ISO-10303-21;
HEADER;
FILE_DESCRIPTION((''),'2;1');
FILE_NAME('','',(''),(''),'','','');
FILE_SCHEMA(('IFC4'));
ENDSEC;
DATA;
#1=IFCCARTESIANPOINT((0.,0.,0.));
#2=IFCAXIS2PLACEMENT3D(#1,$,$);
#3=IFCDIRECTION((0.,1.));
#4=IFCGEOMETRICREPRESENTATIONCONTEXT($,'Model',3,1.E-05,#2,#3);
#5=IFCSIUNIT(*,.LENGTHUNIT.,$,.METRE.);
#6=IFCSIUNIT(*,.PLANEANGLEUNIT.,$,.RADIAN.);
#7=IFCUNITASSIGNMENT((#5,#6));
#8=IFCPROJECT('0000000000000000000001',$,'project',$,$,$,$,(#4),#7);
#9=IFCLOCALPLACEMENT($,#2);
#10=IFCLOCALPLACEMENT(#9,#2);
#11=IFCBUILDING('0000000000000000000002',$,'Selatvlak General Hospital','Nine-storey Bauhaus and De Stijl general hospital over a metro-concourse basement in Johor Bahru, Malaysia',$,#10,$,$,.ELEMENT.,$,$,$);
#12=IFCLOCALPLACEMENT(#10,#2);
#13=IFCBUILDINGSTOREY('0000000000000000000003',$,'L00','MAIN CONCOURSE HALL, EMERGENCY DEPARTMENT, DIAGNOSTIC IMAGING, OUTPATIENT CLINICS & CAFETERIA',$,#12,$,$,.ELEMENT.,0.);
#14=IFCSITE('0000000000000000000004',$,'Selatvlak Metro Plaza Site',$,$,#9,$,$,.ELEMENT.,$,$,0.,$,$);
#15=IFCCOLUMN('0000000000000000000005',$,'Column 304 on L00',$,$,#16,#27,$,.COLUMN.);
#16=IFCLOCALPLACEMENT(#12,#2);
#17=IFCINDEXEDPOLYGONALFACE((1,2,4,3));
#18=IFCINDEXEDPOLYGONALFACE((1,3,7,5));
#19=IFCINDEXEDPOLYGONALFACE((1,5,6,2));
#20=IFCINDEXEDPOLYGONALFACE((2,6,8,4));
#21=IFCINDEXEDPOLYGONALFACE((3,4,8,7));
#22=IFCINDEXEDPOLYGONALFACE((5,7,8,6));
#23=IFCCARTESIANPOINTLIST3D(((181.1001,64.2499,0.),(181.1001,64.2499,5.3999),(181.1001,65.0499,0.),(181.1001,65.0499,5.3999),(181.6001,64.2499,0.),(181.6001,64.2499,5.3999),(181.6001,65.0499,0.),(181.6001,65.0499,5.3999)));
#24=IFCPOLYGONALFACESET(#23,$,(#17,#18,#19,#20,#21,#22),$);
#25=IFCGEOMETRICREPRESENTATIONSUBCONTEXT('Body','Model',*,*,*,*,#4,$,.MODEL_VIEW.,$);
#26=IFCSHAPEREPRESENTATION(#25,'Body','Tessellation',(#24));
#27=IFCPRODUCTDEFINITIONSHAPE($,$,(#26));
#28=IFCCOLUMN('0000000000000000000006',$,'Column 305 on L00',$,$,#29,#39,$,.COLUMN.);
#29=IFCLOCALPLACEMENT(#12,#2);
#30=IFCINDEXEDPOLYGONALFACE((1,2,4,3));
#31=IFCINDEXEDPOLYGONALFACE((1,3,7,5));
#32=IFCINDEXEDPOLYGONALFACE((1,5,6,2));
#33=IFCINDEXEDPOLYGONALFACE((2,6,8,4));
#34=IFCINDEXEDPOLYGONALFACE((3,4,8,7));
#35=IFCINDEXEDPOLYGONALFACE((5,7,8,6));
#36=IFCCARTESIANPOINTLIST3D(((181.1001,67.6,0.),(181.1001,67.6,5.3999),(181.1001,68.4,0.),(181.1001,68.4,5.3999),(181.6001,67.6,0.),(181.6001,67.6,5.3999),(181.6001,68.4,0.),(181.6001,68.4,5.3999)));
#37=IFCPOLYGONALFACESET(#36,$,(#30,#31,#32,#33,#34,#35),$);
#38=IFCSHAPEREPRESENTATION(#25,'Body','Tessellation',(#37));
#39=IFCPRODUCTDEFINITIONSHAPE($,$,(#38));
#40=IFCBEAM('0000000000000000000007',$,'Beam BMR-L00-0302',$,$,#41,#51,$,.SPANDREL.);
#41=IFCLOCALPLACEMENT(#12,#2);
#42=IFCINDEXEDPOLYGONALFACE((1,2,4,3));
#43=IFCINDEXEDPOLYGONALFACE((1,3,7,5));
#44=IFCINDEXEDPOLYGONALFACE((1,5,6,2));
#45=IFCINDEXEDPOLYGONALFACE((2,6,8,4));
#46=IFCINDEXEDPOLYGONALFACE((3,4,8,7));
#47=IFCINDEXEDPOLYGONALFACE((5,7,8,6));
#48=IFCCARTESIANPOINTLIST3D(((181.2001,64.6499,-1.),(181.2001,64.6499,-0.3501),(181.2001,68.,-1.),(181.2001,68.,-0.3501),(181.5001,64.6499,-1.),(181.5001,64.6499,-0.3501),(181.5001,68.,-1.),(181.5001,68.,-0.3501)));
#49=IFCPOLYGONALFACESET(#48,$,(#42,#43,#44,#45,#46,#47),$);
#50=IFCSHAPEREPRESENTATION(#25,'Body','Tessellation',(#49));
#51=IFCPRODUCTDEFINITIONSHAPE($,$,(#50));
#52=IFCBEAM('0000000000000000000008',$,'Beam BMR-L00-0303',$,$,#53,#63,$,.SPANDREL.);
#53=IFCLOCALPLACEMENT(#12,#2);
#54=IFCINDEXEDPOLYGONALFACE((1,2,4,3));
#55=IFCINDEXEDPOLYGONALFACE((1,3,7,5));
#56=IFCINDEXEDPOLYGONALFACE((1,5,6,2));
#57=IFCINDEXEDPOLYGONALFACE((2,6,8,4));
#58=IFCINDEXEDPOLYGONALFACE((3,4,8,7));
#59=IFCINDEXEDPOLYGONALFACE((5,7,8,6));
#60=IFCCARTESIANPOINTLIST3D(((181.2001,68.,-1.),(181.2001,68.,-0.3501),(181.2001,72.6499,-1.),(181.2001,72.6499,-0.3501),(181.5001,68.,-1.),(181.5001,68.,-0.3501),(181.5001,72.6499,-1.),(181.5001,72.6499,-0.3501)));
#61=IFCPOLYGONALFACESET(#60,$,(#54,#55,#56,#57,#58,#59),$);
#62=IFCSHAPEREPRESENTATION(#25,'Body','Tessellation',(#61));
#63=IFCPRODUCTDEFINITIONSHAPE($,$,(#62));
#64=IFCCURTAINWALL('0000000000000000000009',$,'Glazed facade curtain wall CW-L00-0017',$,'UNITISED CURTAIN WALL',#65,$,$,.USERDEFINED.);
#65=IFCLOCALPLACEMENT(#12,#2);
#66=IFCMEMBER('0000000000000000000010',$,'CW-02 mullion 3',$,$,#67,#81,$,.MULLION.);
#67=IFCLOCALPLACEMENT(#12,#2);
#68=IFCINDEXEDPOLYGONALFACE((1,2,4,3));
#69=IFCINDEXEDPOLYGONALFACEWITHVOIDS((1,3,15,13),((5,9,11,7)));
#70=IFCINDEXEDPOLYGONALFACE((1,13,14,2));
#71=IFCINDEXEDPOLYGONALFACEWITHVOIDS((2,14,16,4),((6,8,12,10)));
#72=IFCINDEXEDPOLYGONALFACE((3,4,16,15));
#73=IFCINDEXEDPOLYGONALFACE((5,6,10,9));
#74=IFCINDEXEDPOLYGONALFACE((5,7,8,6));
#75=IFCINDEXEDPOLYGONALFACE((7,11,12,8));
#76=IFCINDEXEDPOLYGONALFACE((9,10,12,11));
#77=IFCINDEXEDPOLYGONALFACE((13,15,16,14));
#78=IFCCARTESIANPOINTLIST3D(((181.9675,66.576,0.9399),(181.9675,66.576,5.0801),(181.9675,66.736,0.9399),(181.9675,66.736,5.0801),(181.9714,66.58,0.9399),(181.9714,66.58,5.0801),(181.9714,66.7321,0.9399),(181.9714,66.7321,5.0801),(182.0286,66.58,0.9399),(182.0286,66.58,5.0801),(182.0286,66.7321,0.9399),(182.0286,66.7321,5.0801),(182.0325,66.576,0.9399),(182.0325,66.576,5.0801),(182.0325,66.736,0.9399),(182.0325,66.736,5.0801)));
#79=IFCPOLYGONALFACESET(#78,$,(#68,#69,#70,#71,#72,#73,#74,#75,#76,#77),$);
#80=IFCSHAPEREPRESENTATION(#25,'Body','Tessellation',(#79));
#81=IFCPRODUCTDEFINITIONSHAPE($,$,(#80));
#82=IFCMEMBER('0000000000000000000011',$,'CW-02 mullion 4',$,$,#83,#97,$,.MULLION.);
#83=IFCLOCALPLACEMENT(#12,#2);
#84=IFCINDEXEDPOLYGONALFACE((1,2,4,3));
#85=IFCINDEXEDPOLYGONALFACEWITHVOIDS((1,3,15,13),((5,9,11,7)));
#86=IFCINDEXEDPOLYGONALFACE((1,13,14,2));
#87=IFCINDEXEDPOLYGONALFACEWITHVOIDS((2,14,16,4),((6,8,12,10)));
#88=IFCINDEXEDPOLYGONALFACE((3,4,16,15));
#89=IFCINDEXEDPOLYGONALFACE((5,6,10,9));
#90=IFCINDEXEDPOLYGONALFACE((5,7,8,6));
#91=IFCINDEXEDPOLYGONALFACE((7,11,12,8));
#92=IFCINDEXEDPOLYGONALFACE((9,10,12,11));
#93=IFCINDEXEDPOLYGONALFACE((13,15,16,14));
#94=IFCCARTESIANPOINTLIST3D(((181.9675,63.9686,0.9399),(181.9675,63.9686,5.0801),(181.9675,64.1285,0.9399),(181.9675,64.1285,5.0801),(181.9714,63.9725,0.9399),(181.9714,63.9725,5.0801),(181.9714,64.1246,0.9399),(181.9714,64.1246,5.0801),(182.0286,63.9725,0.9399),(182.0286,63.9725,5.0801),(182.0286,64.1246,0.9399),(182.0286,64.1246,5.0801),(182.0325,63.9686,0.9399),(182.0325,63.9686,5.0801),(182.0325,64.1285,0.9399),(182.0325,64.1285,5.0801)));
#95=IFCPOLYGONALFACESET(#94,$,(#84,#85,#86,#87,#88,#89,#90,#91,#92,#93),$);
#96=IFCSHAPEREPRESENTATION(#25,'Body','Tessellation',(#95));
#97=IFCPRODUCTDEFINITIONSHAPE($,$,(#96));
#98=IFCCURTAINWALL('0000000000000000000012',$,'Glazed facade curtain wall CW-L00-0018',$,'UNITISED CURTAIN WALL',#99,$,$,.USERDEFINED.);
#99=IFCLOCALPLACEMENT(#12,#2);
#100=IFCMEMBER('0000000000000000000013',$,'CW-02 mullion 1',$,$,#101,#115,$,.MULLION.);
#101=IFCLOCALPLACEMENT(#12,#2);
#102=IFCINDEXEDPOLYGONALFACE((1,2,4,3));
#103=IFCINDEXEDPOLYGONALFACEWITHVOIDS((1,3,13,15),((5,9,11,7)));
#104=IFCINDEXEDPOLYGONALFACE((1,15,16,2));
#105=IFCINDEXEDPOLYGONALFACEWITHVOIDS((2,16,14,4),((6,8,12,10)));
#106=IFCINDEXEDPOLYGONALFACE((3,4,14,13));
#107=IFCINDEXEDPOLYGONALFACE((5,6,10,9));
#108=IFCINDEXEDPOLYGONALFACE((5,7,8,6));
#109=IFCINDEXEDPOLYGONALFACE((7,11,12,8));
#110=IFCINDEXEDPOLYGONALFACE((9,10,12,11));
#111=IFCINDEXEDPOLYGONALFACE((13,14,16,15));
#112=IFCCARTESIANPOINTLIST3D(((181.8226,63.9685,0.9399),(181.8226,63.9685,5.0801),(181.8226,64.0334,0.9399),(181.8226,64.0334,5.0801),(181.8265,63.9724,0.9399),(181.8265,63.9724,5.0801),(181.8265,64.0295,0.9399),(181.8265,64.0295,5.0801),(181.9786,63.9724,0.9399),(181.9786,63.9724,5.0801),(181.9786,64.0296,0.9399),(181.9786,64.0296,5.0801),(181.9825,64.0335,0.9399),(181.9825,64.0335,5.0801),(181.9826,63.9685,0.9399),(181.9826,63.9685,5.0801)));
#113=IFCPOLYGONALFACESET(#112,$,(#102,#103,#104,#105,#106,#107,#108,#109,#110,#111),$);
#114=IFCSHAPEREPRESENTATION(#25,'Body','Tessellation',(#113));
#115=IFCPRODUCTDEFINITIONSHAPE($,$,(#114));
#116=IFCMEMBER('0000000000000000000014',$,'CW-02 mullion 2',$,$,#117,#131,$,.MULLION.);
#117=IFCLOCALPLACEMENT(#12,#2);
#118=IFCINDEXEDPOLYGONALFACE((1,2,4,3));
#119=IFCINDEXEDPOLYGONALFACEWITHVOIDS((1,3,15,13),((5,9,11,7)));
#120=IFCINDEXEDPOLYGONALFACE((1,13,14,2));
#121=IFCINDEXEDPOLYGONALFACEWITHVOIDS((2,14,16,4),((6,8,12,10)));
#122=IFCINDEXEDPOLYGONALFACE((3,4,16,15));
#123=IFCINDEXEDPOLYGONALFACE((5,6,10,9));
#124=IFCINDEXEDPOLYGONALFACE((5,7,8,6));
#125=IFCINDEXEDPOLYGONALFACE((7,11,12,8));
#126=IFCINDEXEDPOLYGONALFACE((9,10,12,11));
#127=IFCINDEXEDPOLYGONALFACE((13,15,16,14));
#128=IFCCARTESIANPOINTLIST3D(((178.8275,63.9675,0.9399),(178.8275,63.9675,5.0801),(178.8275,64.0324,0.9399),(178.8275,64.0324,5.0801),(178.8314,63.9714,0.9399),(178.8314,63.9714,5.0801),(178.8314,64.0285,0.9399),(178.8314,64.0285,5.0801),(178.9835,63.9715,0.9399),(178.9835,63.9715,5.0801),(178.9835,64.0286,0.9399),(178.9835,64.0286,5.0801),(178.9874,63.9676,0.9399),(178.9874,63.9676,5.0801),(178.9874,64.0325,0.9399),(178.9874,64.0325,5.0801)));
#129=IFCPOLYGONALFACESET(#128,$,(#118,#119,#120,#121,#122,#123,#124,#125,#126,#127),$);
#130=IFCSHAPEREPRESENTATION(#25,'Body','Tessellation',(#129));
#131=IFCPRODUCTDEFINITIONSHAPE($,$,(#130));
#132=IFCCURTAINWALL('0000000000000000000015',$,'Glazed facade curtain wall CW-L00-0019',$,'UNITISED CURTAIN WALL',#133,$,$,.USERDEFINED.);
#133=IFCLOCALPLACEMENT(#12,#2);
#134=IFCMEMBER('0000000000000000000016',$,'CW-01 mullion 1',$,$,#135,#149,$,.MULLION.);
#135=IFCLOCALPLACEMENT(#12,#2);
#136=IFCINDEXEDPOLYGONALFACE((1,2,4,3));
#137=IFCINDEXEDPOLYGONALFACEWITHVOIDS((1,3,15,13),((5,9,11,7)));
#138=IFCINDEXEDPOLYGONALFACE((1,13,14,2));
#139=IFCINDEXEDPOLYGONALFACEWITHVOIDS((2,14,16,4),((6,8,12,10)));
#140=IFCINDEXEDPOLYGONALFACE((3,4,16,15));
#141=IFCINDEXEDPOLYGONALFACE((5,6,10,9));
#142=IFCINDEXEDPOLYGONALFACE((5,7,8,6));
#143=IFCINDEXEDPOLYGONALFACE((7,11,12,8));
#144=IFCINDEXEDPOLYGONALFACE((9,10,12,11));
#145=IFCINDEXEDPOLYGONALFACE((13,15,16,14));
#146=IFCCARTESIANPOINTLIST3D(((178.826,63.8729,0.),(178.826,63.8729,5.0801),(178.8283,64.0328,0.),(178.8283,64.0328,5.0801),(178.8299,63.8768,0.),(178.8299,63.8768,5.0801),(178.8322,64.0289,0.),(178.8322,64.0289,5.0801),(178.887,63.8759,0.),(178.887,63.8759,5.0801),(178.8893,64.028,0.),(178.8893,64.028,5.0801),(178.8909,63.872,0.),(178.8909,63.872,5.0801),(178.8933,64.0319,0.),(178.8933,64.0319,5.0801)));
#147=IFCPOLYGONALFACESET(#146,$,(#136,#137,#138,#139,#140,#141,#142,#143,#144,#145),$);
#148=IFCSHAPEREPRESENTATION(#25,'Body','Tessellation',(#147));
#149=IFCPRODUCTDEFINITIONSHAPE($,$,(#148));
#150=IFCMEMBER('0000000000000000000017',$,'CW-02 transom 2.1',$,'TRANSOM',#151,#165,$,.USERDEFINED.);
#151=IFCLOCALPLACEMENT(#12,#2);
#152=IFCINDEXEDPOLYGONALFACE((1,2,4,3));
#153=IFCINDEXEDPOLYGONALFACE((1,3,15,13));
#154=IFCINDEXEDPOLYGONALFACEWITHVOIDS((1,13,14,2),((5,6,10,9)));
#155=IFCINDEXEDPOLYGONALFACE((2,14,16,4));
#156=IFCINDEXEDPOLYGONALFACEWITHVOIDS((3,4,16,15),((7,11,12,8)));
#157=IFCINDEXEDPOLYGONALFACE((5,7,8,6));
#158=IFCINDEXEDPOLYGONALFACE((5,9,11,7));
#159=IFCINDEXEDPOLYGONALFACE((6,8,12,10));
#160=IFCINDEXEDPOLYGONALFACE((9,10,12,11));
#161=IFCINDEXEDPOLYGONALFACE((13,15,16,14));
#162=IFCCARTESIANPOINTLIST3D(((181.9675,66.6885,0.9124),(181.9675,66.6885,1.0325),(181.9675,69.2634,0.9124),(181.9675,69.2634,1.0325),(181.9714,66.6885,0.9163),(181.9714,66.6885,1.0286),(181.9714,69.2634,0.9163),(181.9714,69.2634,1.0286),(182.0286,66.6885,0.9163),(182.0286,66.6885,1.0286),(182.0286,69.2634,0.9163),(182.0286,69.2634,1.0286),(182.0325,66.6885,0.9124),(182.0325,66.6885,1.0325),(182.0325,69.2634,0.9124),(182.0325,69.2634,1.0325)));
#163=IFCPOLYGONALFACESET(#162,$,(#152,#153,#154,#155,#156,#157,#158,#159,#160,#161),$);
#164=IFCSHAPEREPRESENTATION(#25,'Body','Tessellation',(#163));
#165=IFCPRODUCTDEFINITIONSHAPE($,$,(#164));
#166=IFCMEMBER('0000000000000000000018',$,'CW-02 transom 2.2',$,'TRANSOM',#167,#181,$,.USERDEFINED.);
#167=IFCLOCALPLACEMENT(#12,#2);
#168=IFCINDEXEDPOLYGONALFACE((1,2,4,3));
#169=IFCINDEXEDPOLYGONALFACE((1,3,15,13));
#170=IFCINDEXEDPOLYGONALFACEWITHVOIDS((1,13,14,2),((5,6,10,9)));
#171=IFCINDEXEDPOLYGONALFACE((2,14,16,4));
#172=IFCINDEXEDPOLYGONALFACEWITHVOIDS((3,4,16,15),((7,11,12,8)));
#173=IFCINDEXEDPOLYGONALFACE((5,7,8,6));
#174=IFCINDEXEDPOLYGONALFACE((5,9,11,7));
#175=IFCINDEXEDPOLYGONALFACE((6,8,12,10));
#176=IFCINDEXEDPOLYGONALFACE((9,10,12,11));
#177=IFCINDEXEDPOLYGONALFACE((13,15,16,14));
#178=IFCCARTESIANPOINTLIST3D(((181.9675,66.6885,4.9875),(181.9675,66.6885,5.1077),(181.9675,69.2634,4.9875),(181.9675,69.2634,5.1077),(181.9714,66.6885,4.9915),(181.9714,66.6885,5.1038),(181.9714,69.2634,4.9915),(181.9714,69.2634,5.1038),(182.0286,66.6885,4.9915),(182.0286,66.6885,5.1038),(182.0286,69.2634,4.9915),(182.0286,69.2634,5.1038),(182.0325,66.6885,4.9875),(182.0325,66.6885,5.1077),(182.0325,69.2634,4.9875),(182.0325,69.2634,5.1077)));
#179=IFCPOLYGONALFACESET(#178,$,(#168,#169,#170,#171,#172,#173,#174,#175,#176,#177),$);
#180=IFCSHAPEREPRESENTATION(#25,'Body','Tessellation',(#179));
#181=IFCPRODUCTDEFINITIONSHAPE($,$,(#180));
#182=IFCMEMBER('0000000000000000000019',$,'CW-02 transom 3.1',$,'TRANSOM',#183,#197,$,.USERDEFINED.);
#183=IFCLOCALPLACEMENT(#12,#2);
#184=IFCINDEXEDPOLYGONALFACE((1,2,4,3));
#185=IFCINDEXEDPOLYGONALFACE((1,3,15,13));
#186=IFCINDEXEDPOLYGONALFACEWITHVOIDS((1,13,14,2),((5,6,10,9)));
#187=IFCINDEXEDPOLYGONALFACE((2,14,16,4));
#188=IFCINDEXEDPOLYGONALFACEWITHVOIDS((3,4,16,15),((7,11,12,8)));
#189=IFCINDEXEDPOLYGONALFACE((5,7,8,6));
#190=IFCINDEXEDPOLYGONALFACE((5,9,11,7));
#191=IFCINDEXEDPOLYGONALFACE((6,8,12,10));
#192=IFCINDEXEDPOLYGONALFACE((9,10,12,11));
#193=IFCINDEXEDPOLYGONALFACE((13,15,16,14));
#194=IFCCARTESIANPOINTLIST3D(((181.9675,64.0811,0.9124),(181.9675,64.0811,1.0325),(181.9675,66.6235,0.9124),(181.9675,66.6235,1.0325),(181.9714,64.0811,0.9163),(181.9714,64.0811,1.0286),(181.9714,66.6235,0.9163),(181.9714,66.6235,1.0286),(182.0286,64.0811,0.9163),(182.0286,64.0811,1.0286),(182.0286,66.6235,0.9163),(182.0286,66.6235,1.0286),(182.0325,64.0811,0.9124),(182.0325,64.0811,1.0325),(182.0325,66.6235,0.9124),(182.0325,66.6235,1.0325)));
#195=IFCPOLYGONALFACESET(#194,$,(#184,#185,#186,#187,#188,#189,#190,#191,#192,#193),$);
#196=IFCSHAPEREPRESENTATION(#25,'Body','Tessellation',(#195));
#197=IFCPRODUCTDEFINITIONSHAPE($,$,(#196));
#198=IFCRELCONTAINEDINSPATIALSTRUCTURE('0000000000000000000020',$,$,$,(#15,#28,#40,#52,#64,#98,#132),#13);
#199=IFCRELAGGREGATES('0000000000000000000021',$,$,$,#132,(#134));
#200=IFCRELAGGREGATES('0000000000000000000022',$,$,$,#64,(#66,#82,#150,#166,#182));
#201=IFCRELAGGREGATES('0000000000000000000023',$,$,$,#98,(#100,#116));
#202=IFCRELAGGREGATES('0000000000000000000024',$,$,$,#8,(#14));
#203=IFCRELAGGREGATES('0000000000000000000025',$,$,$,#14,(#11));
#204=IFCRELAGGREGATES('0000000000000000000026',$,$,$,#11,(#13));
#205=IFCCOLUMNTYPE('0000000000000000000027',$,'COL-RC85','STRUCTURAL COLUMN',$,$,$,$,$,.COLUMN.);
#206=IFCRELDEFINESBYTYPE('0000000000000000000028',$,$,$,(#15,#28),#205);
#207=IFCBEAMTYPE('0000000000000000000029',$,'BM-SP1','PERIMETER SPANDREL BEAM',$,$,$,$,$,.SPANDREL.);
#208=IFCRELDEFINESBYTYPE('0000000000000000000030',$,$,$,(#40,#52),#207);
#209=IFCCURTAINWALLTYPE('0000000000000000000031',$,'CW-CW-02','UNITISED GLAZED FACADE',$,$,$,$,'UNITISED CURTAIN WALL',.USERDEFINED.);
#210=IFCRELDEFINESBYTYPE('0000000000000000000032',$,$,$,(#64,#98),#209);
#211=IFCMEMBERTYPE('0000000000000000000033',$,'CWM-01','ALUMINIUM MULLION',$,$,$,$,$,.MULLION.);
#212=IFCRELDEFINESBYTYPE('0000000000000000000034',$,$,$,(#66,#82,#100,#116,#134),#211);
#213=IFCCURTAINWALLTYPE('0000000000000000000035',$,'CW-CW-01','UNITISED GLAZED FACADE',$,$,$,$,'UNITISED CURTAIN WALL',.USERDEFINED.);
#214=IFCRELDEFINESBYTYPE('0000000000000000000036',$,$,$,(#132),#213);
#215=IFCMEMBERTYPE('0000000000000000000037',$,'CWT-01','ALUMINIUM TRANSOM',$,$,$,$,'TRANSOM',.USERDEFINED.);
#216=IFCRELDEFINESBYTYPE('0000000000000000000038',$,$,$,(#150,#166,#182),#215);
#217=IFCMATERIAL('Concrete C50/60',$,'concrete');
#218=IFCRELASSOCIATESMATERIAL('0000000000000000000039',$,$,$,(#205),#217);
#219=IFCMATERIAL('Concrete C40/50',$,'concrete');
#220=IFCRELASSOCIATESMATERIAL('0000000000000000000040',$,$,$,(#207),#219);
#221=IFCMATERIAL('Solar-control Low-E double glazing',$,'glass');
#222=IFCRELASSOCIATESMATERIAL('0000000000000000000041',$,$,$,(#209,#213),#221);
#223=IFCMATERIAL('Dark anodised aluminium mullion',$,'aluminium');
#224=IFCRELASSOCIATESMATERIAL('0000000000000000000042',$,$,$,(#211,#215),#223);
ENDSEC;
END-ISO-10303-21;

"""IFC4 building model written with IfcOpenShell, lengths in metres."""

from ifc_helpers import new_model, si_unit, direction, frame, origin, origin_2d, place, context, subcontext, project, spatial, rectangle, hollow_rectangle, extrude, material, material_profile, profile_set, type_object, element, aggregate, save


model = new_model("IFC4")

# Units and contexts
model_context = context("Model", 3, precision=1e-05, world=origin(), true_north=direction((0.0, 1.0)))
body_context = subcontext(model_context, "Body", "Model", "MODEL_VIEW")
ifc_project = project(units=[si_unit("LENGTHUNIT", "METRE"), si_unit("PLANEANGLEUNIT", "RADIAN")], contexts=[model_context])

# Site, building, storey
site_placement = place(None, origin())
site = spatial("IfcSite", under=ifc_project, at=site_placement, Name="Selatvlak Metro Plaza Site", CompositionType="ELEMENT", RefElevation=0.0)
building_placement = place(site_placement, origin())
building = spatial("IfcBuilding", under=site, at=building_placement, Name="Selatvlak General Hospital", Description="Nine-storey Bauhaus and De Stijl general hospital over a metro-concourse basement in Johor Bahru, Malaysia", CompositionType="ELEMENT")
storey_placement = place(building_placement, origin())
storey = spatial("IfcBuildingStorey", under=building, at=storey_placement, Name="L00", Description="MAIN CONCOURSE HALL, EMERGENCY DEPARTMENT, DIAGNOSTIC IMAGING, OUTPATIENT CLINICS & CAFETERIA", CompositionType="ELEMENT", Elevation=0.0)

# Columns
ifc_material_1 = material(Name="Concrete C50/60", Category="concrete")
ifc_material_profile_1 = material_profile(ifc_material_1, rectangle(XDim=0.5, YDim=0.8, at=origin_2d()), Name="RC-COL 800x500")
ifc_profile_set_1 = profile_set([ifc_material_profile_1], Name="Concrete C50/60")
column_type = type_object("IfcColumnType", Name="COL-RC85", Description="STRUCTURAL COLUMN", PredefinedType="COLUMN", material=ifc_profile_set_1)
for number, where, z_axis, x_axis, name in (
    (1, (181.3501, 64.6499, 0.0), (0.0, 0.0, 1.0), (1.0, 0.0, 0.0), "Column 304 on L00"),
    (2, (181.3501, 68.0, 0.0), (0.0, 0.0, 1.0), (1.0, 0.0, 0.0), "Column 305 on L00"),
):
    element("IfcColumn", number, at=place(storey_placement, frame(where, z_axis=z_axis, x_axis=x_axis)), inside=storey, type_object=column_type, Name=name, PredefinedType="COLUMN", context=body_context, shape_type="SweptSolid", body=[
        extrude(rectangle(XDim=0.5, YDim=0.8, at=origin_2d()), origin(), (0.0, 0.0, 1.0), 5.3999),
    ])

# Beams
ifc_material_2 = material(Name="Concrete C40/50", Category="concrete")
ifc_material_profile_2 = material_profile(ifc_material_2, rectangle(XDim=0.3, YDim=0.6499, at=origin_2d()), Name="RC-SP 300x650")
ifc_profile_set_2 = profile_set([ifc_material_profile_2], Name="Concrete C40/50")
beam_type = type_object("IfcBeamType", Name="BM-SP1", Description="PERIMETER SPANDREL BEAM", PredefinedType="SPANDREL", material=ifc_profile_set_2)
beam_1_placement = place(storey_placement, frame((181.3501, 64.6499, -0.675), z_axis=(0.0, 1.0, 0.0), x_axis=(-1.0, 0.0, 0.0)))
element("IfcBeam", 3, at=beam_1_placement, inside=storey, type_object=beam_type, Name="Beam BMR-L00-0302", PredefinedType="SPANDREL", context=body_context, shape_type="SweptSolid", body=[
    extrude(rectangle(XDim=0.3, YDim=0.6499, at=origin_2d()), origin(), (0.0, 0.0, 1.0), 3.3501),
])
beam_2_placement = place(storey_placement, frame((181.3501, 68.0, -0.675), z_axis=(0.0, 1.0, 0.0), x_axis=(-1.0, 0.0, 0.0)))
element("IfcBeam", 4, at=beam_2_placement, inside=storey, type_object=beam_type, Name="Beam BMR-L00-0303", PredefinedType="SPANDREL", context=body_context, shape_type="SweptSolid", body=[
    extrude(rectangle(XDim=0.3, YDim=0.6499, at=origin_2d()), origin(), (0.0, 0.0, 1.0), 4.6499),
])

# Curtain walls, members
ifc_material_3 = material(Name="Solar-control Low-E double glazing", Category="glass")
curtain_wall_type_1 = type_object("IfcCurtainWallType", Name="CW-CW-02", Description="UNITISED GLAZED FACADE", ElementType="UNITISED CURTAIN WALL", PredefinedType="USERDEFINED", material=ifc_material_3)
curtain_wall_1_placement = place(storey_placement, origin())
curtain_wall_1 = element("IfcCurtainWall", 5, at=curtain_wall_1_placement, inside=storey, type_object=curtain_wall_type_1, Name="Glazed facade curtain wall CW-L00-0017", ObjectType="UNITISED CURTAIN WALL", PredefinedType="USERDEFINED")
ifc_material_4 = material(Name="Dark anodised aluminium mullion", Category="aluminium")
ifc_material_profile_3 = material_profile(ifc_material_4, hollow_rectangle(XDim=0.0649, YDim=0.1599, WallThickness=0.0039, at=origin_2d()), Name="AL-MUL 65x160x4")
ifc_profile_set_3 = profile_set([ifc_material_profile_3], Name="Dark anodised aluminium mullion")
member_type_1 = type_object("IfcMemberType", Name="CWM-01", Description="ALUMINIUM MULLION", PredefinedType="MULLION", material=ifc_profile_set_3)
member_1_placement = place(storey_placement, frame((182.0, 66.656, 0.9399), z_axis=(0.0, 0.0, 1.0), x_axis=(1.0, 0.0, 0.0)))
member_1 = element("IfcMember", 6, at=member_1_placement, type_object=member_type_1, Name="CW-02 mullion 3", PredefinedType="MULLION", context=body_context, shape_type="SweptSolid", body=[
    extrude(hollow_rectangle(XDim=0.0649, YDim=0.1599, WallThickness=0.0039, at=origin_2d()), origin(), (0.0, 0.0, 1.0), 4.1401),
])
member_2_placement = place(storey_placement, frame((182.0, 64.0486, 0.9399), z_axis=(0.0, 0.0, 1.0), x_axis=(1.0, 0.0, 0.0)))
member_2 = element("IfcMember", 7, at=member_2_placement, type_object=member_type_1, Name="CW-02 mullion 4", PredefinedType="MULLION", context=body_context, shape_type="SweptSolid", body=[
    extrude(hollow_rectangle(XDim=0.0649, YDim=0.1599, WallThickness=0.0039, at=origin_2d()), origin(), (0.0, 0.0, 1.0), 4.1401),
])
curtain_wall_2_placement = place(storey_placement, origin())
curtain_wall_2 = element("IfcCurtainWall", 8, at=curtain_wall_2_placement, inside=storey, type_object=curtain_wall_type_1, Name="Glazed facade curtain wall CW-L00-0018", ObjectType="UNITISED CURTAIN WALL", PredefinedType="USERDEFINED")
member_3_placement = place(storey_placement, frame((181.9026, 64.001, 0.9399), z_axis=(0.0, 0.0, 1.0), x_axis=(0.000327, -1.0, 0.0)))
member_3 = element("IfcMember", 9, at=member_3_placement, type_object=member_type_1, Name="CW-02 mullion 1", PredefinedType="MULLION", context=body_context, shape_type="SweptSolid", body=[
    extrude(hollow_rectangle(XDim=0.0649, YDim=0.1599, WallThickness=0.0039, at=origin_2d()), origin(), (0.0, 0.0, 1.0), 4.1401),
])
member_4_placement = place(storey_placement, frame((178.9075, 64.0, 0.9399), z_axis=(0.0, 0.0, 1.0), x_axis=(0.000327, -1.0, 0.0)))
member_4 = element("IfcMember", 10, at=member_4_placement, type_object=member_type_1, Name="CW-02 mullion 2", PredefinedType="MULLION", context=body_context, shape_type="SweptSolid", body=[
    extrude(hollow_rectangle(XDim=0.0649, YDim=0.1599, WallThickness=0.0039, at=origin_2d()), origin(), (0.0, 0.0, 1.0), 4.1401),
])

# Curtain wall, member
curtain_wall_type_2 = type_object("IfcCurtainWallType", Name="CW-CW-01", Description="UNITISED GLAZED FACADE", ElementType="UNITISED CURTAIN WALL", PredefinedType="USERDEFINED", material=ifc_material_3)
curtain_wall_3_placement = place(storey_placement, origin())
curtain_wall_3 = element("IfcCurtainWall", 11, at=curtain_wall_3_placement, inside=storey, type_object=curtain_wall_type_2, Name="Glazed facade curtain wall CW-L00-0019", ObjectType="UNITISED CURTAIN WALL", PredefinedType="USERDEFINED")
member_5_placement = place(storey_placement, frame((178.8596, 63.9524, 0.0), z_axis=(0.0, 0.0, 1.0), x_axis=(0.999889, -0.014924, 0.0)))
member_5 = element("IfcMember", 12, at=member_5_placement, type_object=member_type_1, Name="CW-01 mullion 1", PredefinedType="MULLION", context=body_context, shape_type="SweptSolid", body=[
    extrude(hollow_rectangle(XDim=0.0649, YDim=0.1599, WallThickness=0.0039, at=origin_2d()), origin(), (0.0, 0.0, 1.0), 5.0801),
])

# Members
ifc_material_profile_4 = material_profile(ifc_material_4, hollow_rectangle(XDim=0.0649, YDim=0.1201, WallThickness=0.0039, at=origin_2d()), Name="AL-TRN 65x120x4")
ifc_profile_set_4 = profile_set([ifc_material_profile_4], Name="Dark anodised aluminium mullion")
member_type_2 = type_object("IfcMemberType", Name="CWT-01", Description="ALUMINIUM TRANSOM", ElementType="TRANSOM", PredefinedType="USERDEFINED", material=ifc_profile_set_4)
member_6_placement = place(storey_placement, frame((182.0, 69.2634, 0.9724), z_axis=(0.0, -1.0, 0.0), x_axis=(1.0, 0.0, 0.0)))
member_6 = element("IfcMember", 13, at=member_6_placement, type_object=member_type_2, Name="CW-02 transom 2.1", ObjectType="TRANSOM", PredefinedType="USERDEFINED", context=body_context, shape_type="SweptSolid", body=[
    extrude(hollow_rectangle(XDim=0.0649, YDim=0.1201, WallThickness=0.0039, at=origin_2d()), origin(), (0.0, 0.0, 1.0), 2.575),
])
member_7_placement = place(storey_placement, frame((182.0, 69.2634, 5.0476), z_axis=(0.0, -1.0, 0.0), x_axis=(1.0, 0.0, 0.0)))
member_7 = element("IfcMember", 14, at=member_7_placement, type_object=member_type_2, Name="CW-02 transom 2.2", ObjectType="TRANSOM", PredefinedType="USERDEFINED", context=body_context, shape_type="SweptSolid", body=[
    extrude(hollow_rectangle(XDim=0.0649, YDim=0.1201, WallThickness=0.0039, at=origin_2d()), origin(), (0.0, 0.0, 1.0), 2.575),
])
member_8_placement = place(storey_placement, frame((182.0, 66.6235, 0.9724), z_axis=(0.0, -1.0, 0.0), x_axis=(1.0, 0.0, 0.0)))
member_8 = element("IfcMember", 15, at=member_8_placement, type_object=member_type_2, Name="CW-02 transom 3.1", ObjectType="TRANSOM", PredefinedType="USERDEFINED", context=body_context, shape_type="SweptSolid", body=[
    extrude(hollow_rectangle(XDim=0.0649, YDim=0.1201, WallThickness=0.0039, at=origin_2d()), origin(), (0.0, 0.0, 1.0), 2.5425),
])
aggregate(curtain_wall_3, [member_5])

aggregate(curtain_wall_1, [member_1, member_2, member_6, member_7, member_8])
aggregate(curtain_wall_2, [member_3, member_4])

save(model, "model.ifc")
